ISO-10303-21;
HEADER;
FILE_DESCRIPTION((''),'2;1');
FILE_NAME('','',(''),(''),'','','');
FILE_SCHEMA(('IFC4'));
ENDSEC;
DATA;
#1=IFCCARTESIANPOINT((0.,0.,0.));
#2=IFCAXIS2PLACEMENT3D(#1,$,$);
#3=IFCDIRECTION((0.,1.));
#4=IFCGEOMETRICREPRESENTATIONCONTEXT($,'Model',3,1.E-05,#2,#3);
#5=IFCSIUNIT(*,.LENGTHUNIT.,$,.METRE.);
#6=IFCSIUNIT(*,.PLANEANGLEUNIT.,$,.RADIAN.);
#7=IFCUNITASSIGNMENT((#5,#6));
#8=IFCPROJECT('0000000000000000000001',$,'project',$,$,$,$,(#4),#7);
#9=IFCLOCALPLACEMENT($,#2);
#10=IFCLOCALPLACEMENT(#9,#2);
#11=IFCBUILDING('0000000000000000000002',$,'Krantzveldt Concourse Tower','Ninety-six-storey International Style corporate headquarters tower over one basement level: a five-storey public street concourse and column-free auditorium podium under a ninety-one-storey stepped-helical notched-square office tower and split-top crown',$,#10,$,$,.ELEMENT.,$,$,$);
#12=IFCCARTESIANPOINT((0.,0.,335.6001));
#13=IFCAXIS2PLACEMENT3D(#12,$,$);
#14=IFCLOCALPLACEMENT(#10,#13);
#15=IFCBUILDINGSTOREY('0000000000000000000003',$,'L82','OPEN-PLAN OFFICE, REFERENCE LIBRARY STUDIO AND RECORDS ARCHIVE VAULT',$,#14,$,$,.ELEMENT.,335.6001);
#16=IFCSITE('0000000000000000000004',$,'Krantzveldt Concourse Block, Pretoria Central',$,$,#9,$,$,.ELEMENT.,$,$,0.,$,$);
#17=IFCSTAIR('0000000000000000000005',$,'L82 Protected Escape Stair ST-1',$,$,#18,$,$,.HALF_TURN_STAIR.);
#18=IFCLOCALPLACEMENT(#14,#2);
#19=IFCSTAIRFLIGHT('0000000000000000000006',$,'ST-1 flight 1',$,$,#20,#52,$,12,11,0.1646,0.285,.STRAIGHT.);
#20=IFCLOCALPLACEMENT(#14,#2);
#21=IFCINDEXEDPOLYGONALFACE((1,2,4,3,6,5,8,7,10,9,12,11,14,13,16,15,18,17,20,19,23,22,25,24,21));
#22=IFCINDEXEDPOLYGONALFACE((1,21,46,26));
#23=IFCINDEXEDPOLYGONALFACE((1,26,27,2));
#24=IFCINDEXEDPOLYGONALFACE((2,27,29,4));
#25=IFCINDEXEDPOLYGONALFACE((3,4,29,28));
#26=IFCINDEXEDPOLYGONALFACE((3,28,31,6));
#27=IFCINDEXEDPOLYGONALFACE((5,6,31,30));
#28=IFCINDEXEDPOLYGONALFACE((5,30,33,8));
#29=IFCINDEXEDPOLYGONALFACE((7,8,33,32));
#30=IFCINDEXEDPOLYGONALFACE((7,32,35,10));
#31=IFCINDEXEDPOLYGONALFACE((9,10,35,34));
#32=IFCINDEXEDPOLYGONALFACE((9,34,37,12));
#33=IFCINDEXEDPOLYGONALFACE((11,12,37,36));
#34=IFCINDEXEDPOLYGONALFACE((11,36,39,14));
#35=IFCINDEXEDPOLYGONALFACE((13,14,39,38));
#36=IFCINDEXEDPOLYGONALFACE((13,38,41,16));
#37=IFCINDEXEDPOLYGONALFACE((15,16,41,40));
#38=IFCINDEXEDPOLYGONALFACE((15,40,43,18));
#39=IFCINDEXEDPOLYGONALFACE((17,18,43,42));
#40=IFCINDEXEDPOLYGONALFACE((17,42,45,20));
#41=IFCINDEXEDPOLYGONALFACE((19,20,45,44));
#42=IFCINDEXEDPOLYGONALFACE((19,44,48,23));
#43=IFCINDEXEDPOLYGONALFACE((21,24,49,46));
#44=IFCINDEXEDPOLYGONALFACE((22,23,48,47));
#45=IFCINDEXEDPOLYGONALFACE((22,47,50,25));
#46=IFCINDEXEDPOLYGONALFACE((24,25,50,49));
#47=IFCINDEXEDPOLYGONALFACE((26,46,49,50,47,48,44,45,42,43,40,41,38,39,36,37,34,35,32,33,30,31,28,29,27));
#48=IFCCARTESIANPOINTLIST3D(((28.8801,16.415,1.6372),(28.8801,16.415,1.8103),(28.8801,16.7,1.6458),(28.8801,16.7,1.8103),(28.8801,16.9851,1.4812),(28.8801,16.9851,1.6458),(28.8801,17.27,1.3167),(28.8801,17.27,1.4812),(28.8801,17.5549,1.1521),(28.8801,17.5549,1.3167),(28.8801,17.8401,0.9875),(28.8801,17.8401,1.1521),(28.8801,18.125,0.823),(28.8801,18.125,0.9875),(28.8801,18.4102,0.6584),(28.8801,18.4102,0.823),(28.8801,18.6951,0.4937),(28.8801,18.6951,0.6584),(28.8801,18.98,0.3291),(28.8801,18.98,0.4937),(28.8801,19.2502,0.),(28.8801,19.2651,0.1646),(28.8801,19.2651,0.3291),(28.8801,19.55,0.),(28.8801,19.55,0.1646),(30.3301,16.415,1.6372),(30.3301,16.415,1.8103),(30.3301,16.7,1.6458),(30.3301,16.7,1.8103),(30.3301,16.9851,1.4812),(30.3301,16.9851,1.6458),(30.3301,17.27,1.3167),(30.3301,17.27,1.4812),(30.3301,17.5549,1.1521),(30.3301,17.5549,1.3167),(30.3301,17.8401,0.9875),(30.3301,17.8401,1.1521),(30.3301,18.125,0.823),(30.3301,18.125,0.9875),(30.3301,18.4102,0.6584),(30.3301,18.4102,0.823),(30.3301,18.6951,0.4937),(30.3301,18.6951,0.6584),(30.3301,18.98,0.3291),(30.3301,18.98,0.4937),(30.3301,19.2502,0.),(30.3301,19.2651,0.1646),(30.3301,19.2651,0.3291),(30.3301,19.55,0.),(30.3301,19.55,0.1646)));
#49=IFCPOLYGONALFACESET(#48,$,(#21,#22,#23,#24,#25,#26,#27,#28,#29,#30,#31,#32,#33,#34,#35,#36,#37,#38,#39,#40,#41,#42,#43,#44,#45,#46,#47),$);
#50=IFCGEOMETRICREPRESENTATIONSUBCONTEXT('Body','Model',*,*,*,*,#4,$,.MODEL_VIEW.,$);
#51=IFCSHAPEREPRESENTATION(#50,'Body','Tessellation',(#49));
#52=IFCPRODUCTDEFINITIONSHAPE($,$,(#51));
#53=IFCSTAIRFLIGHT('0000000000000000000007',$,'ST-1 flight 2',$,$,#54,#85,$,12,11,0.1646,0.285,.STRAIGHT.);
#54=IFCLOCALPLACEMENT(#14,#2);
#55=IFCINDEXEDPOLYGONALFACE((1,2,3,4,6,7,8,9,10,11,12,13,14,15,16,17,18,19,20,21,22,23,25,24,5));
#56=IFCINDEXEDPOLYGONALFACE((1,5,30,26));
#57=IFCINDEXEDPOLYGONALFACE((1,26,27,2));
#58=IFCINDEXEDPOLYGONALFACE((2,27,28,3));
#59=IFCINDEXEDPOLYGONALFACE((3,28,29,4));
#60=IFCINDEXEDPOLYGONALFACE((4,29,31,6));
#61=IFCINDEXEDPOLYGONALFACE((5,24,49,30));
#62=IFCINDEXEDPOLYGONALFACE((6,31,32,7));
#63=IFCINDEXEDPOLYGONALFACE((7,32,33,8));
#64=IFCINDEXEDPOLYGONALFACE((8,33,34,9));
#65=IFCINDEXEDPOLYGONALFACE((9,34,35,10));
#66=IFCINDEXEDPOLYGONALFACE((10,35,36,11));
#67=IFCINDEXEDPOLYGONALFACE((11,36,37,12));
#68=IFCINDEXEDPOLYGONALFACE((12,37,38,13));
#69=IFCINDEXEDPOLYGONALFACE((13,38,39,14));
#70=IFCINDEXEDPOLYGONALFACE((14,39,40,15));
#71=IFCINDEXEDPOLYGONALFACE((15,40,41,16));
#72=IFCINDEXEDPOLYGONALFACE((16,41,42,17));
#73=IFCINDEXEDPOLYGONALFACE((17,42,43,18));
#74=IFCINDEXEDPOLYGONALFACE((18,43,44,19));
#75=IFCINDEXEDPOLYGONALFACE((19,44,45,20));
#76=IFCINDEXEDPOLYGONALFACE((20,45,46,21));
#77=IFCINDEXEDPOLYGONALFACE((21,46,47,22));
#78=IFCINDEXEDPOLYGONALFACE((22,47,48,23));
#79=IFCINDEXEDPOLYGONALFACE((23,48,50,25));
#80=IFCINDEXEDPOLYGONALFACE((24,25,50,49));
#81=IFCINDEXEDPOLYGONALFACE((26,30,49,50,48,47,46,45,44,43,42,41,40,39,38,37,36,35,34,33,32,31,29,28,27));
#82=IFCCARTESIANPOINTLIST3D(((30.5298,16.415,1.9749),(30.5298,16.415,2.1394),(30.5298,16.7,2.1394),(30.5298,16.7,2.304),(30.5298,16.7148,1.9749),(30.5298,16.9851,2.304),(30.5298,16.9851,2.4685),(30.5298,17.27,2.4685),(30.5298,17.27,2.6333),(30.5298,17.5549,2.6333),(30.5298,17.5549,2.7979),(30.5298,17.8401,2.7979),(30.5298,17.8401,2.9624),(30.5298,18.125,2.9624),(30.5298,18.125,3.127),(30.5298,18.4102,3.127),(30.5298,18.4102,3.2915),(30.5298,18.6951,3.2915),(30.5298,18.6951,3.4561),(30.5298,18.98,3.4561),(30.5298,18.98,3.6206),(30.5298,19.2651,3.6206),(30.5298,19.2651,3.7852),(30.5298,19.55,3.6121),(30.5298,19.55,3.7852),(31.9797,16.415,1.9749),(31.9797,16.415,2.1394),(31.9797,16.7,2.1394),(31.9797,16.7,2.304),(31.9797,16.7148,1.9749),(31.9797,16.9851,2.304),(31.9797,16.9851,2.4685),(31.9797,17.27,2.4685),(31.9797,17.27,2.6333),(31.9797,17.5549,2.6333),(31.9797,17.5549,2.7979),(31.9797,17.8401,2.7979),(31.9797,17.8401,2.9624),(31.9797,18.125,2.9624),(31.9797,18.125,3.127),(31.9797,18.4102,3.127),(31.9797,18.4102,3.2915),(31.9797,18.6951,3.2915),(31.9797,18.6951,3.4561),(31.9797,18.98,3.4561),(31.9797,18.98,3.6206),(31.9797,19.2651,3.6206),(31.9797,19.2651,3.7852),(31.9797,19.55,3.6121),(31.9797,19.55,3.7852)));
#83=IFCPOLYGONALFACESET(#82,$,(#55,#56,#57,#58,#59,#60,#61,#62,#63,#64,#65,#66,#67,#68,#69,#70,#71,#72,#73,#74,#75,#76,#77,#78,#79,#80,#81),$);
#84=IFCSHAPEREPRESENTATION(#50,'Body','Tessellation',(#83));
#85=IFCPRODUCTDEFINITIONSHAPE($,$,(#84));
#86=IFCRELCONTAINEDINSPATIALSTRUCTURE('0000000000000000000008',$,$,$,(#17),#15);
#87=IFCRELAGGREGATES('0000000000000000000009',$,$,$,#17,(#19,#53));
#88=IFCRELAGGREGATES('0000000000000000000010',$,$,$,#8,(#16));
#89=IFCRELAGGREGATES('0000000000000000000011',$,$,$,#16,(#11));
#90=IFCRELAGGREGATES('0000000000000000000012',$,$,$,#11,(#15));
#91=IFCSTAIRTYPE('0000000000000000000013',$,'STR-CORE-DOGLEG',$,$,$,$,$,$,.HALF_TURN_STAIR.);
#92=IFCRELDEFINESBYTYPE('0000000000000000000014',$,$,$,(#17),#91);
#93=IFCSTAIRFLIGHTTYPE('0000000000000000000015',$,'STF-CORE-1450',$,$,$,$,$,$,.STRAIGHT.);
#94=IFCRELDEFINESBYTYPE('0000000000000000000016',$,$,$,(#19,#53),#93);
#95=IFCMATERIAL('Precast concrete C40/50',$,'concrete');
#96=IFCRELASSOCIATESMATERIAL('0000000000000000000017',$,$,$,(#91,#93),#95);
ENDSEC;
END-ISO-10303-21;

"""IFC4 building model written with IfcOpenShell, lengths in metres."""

from ifc_helpers import new_model, si_unit, direction, frame, origin, place, context, subcontext, project, spatial, polyline, outline, extrude, material, type_object, element, aggregate, save


model = new_model("IFC4")

# Units and contexts
model_context = context("Model", 3, precision=1e-05, world=origin(), true_north=direction((0.0, 1.0)))
body_context = subcontext(model_context, "Body", "Model", "MODEL_VIEW")
ifc_project = project(units=[si_unit("LENGTHUNIT", "METRE"), si_unit("PLANEANGLEUNIT", "RADIAN")], contexts=[model_context])

# Site, building, storey
site_placement = place(None, origin())
site = spatial("IfcSite", under=ifc_project, at=site_placement, Name="Krantzveldt Concourse Block, Pretoria Central", CompositionType="ELEMENT", RefElevation=0.0)
building_placement = place(site_placement, origin())
building = spatial("IfcBuilding", under=site, at=building_placement, Name="Krantzveldt Concourse Tower", Description="Ninety-six-storey International Style corporate headquarters tower over one basement level: a five-storey public street concourse and column-free auditorium podium under a ninety-one-storey stepped-helical notched-square office tower and split-top crown", CompositionType="ELEMENT")
storey_placement = place(building_placement, frame((0.0, 0.0, 335.6001)))
storey = spatial("IfcBuildingStorey", under=building, at=storey_placement, Name="L82", Description="OPEN-PLAN OFFICE, REFERENCE LIBRARY STUDIO AND RECORDS ARCHIVE VAULT", CompositionType="ELEMENT", Elevation=335.6001)

# Stair, stair flights
ifc_material_1 = material(Name="Precast concrete C40/50", Category="concrete")
stair_type = type_object("IfcStairType", Name="STR-CORE-DOGLEG", PredefinedType="HALF_TURN_STAIR", material=ifc_material_1)
stair_placement = place(storey_placement, origin())
stair = element("IfcStair", 1, at=stair_placement, inside=storey, type_object=stair_type, Name="L82 Protected Escape Stair ST-1", PredefinedType="HALF_TURN_STAIR")
stair_flight_type = type_object("IfcStairFlightType", Name="STF-CORE-1450", PredefinedType="STRAIGHT", material=ifc_material_1)
stair_flight_1_placement = place(storey_placement, frame((29.605, 19.55, 0.0), z_axis=(0.0, 0.0, 1.0), x_axis=(0.0, -1.0, 0.0)))
stair_flight_1 = element("IfcStairFlight", 2, at=stair_flight_1_placement, type_object=stair_flight_type, Name="ST-1 flight 1", NumberOfRisers=12, NumberOfTreads=11, PredefinedType="STRAIGHT", RiserHeight=0.1646, TreadLength=0.285, context=body_context, shape_type="SweptSolid", body=[
    extrude(outline(polyline([(0.0, 0.0), (0.0, 0.1646), (0.2849, 0.1646), (0.2849, 0.3291), (0.5701, 0.3291), (0.5701, 0.4937), (0.855, 0.4937), (0.855, 0.6584), (1.1399, 0.6584), (1.1399, 0.823), (1.425, 0.823), (1.425, 0.9875), (1.71, 0.9875), (1.71, 1.1521), (1.9951, 1.1521), (1.9951, 1.3167), (2.28, 1.3167), (2.28, 1.4812), (2.5649, 1.4812), (2.5649, 1.6458), (2.8501, 1.6458), (2.8501, 1.8103), (3.135, 1.8103), (3.135, 1.9751), (3.135, 1.6372), (0.2998, 0.0), (0.0, 0.0)])), frame((0.0, 0.7251, 0.0), z_axis=(0.0, -1.0, 0.0), x_axis=(1.0, 0.0, 0.0)), (0.0, 0.0, 1.0), 1.45),
])
stair_flight_2_placement = place(storey_placement, frame((31.2549, 16.415, 1.9749), z_axis=(0.0, 0.0, 1.0), x_axis=(0.0, 1.0, 0.0)))
stair_flight_2 = element("IfcStairFlight", 3, at=stair_flight_2_placement, type_object=stair_flight_type, Name="ST-1 flight 2", NumberOfRisers=12, NumberOfTreads=11, PredefinedType="STRAIGHT", RiserHeight=0.1646, TreadLength=0.285, context=body_context, shape_type="SweptSolid", body=[
    extrude(outline(polyline([(0.0, 0.0), (0.0, 0.1646), (0.2849, 0.1646), (0.2849, 0.3291), (0.5701, 0.3291), (0.5701, 0.4937), (0.855, 0.4937), (0.855, 0.6584), (1.1399, 0.6584), (1.1399, 0.823), (1.425, 0.823), (1.425, 0.9875), (1.71, 0.9875), (1.71, 1.1521), (1.9951, 1.1521), (1.9951, 1.3167), (2.28, 1.3167), (2.28, 1.4812), (2.5649, 1.4812), (2.5649, 1.6458), (2.8501, 1.6458), (2.8501, 1.8103), (3.135, 1.8103), (3.135, 1.9751), (3.135, 1.6372), (0.2998, 0.0), (0.0, 0.0)])), frame((0.0, 0.7251, 0.0), z_axis=(0.0, -1.0, 0.0), x_axis=(1.0, 0.0, 0.0)), (0.0, 0.0, 1.0), 1.45),
])
aggregate(stair, [stair_flight_1, stair_flight_2])

save(model, "model.ifc")
